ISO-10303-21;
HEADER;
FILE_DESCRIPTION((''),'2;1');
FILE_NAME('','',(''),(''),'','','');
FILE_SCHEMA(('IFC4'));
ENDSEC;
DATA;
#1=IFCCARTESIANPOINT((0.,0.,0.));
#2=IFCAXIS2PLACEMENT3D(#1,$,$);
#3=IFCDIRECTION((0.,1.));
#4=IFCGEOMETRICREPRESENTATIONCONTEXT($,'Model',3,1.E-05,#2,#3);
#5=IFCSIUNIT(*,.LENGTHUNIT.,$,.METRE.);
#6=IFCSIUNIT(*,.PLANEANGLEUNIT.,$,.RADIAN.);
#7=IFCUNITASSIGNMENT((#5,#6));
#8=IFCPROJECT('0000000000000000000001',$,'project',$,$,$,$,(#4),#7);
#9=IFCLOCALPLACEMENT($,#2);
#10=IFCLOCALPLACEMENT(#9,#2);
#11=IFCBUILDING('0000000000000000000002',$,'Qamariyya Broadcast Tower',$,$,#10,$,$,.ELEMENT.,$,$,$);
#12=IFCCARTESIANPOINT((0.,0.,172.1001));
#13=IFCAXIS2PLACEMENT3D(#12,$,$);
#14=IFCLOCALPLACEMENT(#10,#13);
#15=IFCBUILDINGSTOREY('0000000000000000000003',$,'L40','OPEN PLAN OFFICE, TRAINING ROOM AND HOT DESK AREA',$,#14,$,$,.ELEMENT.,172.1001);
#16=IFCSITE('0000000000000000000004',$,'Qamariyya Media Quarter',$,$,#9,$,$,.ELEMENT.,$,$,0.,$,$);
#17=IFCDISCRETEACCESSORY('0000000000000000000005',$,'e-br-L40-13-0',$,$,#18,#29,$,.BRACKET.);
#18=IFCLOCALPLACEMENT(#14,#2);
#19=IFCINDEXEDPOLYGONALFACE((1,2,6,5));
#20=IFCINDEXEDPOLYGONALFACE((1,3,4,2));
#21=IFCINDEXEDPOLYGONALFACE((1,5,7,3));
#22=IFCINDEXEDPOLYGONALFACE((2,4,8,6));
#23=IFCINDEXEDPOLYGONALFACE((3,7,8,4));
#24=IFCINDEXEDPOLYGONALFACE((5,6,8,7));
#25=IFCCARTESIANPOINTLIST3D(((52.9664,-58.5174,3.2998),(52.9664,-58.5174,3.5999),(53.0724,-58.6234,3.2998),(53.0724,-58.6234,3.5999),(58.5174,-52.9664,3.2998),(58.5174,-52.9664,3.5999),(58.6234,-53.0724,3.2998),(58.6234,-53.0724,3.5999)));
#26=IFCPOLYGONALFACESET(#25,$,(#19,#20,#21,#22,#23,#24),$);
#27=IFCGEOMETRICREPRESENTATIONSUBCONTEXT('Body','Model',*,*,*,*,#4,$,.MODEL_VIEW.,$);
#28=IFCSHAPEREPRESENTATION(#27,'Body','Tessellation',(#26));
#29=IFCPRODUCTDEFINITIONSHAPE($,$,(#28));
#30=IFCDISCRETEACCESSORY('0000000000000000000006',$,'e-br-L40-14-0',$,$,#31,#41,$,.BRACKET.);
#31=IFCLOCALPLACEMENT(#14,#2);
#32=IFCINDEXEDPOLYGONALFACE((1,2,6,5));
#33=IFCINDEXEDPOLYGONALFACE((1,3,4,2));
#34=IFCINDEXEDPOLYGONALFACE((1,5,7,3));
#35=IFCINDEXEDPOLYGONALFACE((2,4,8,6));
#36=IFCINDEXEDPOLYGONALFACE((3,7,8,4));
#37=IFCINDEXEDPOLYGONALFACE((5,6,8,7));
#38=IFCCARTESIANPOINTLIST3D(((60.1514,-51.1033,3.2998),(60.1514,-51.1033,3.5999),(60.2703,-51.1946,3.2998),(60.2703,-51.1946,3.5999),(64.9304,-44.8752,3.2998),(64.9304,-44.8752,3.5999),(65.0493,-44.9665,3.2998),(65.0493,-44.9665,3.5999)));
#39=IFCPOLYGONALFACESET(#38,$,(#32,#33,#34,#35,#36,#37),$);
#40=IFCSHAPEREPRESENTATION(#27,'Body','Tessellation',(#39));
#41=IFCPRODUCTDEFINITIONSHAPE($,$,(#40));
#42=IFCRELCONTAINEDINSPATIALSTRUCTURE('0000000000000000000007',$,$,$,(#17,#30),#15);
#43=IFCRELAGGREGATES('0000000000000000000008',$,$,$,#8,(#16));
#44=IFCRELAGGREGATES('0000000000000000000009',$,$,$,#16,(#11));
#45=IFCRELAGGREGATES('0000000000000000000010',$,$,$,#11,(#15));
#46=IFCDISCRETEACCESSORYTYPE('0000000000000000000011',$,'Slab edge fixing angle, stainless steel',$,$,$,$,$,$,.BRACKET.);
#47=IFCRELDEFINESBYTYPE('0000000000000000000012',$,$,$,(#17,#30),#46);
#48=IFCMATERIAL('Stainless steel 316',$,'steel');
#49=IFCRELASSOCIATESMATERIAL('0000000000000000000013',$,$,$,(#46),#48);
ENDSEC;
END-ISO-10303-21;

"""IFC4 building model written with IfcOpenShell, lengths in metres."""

from ifc_helpers import new_model, si_unit, direction, frame, origin, origin_2d, place, context, subcontext, project, spatial, rectangle, extrude, material, type_object, element, save


model = new_model("IFC4")

# Units and contexts
model_context = context("Model", 3, precision=1e-05, world=origin(), true_north=direction((0.0, 1.0)))
body_context = subcontext(model_context, "Body", "Model", "MODEL_VIEW")
ifc_project = project(units=[si_unit("LENGTHUNIT", "METRE"), si_unit("PLANEANGLEUNIT", "RADIAN")], contexts=[model_context])

# Site, building, storey
site_placement = place(None, origin())
site = spatial("IfcSite", under=ifc_project, at=site_placement, Name="Qamariyya Media Quarter", CompositionType="ELEMENT", RefElevation=0.0)
building_placement = place(site_placement, origin())
building = spatial("IfcBuilding", under=site, at=building_placement, Name="Qamariyya Broadcast Tower", CompositionType="ELEMENT")
storey_placement = place(building_placement, frame((0.0, 0.0, 172.1001)))
storey = spatial("IfcBuildingStorey", under=building, at=storey_placement, Name="L40", Description="OPEN PLAN OFFICE, TRAINING ROOM AND HOT DESK AREA", CompositionType="ELEMENT", Elevation=172.1001)

# Discrete accessories
ifc_material_1 = material(Name="Stainless steel 316", Category="steel")
discrete_accessory_type = type_object("IfcDiscreteAccessoryType", Name="Slab edge fixing angle, stainless steel", PredefinedType="BRACKET", material=ifc_material_1)
for number, where, z_axis, x_axis, name in (
    (1, (55.7949, -55.7949, 3.2998), (0.0, 0.0, 1.0), (0.707107, 0.707107, 0.0), "e-br-L40-13-0"),
    (2, (62.6003, -48.0349, 3.2998), (0.0, 0.0, 1.0), (0.608761, 0.793353, 0.0), "e-br-L40-14-0"),
):
    element("IfcDiscreteAccessory", number, at=place(storey_placement, frame(where, z_axis=z_axis, x_axis=x_axis)), inside=storey, type_object=discrete_accessory_type, Name=name, PredefinedType="BRACKET", context=body_context, shape_type="SweptSolid", body=[
        extrude(rectangle(XDim=7.8503, YDim=0.1499, at=origin_2d()), origin(), (0.0, 0.0, 1.0), 0.3),
    ])

save(model, "model.ifc")
